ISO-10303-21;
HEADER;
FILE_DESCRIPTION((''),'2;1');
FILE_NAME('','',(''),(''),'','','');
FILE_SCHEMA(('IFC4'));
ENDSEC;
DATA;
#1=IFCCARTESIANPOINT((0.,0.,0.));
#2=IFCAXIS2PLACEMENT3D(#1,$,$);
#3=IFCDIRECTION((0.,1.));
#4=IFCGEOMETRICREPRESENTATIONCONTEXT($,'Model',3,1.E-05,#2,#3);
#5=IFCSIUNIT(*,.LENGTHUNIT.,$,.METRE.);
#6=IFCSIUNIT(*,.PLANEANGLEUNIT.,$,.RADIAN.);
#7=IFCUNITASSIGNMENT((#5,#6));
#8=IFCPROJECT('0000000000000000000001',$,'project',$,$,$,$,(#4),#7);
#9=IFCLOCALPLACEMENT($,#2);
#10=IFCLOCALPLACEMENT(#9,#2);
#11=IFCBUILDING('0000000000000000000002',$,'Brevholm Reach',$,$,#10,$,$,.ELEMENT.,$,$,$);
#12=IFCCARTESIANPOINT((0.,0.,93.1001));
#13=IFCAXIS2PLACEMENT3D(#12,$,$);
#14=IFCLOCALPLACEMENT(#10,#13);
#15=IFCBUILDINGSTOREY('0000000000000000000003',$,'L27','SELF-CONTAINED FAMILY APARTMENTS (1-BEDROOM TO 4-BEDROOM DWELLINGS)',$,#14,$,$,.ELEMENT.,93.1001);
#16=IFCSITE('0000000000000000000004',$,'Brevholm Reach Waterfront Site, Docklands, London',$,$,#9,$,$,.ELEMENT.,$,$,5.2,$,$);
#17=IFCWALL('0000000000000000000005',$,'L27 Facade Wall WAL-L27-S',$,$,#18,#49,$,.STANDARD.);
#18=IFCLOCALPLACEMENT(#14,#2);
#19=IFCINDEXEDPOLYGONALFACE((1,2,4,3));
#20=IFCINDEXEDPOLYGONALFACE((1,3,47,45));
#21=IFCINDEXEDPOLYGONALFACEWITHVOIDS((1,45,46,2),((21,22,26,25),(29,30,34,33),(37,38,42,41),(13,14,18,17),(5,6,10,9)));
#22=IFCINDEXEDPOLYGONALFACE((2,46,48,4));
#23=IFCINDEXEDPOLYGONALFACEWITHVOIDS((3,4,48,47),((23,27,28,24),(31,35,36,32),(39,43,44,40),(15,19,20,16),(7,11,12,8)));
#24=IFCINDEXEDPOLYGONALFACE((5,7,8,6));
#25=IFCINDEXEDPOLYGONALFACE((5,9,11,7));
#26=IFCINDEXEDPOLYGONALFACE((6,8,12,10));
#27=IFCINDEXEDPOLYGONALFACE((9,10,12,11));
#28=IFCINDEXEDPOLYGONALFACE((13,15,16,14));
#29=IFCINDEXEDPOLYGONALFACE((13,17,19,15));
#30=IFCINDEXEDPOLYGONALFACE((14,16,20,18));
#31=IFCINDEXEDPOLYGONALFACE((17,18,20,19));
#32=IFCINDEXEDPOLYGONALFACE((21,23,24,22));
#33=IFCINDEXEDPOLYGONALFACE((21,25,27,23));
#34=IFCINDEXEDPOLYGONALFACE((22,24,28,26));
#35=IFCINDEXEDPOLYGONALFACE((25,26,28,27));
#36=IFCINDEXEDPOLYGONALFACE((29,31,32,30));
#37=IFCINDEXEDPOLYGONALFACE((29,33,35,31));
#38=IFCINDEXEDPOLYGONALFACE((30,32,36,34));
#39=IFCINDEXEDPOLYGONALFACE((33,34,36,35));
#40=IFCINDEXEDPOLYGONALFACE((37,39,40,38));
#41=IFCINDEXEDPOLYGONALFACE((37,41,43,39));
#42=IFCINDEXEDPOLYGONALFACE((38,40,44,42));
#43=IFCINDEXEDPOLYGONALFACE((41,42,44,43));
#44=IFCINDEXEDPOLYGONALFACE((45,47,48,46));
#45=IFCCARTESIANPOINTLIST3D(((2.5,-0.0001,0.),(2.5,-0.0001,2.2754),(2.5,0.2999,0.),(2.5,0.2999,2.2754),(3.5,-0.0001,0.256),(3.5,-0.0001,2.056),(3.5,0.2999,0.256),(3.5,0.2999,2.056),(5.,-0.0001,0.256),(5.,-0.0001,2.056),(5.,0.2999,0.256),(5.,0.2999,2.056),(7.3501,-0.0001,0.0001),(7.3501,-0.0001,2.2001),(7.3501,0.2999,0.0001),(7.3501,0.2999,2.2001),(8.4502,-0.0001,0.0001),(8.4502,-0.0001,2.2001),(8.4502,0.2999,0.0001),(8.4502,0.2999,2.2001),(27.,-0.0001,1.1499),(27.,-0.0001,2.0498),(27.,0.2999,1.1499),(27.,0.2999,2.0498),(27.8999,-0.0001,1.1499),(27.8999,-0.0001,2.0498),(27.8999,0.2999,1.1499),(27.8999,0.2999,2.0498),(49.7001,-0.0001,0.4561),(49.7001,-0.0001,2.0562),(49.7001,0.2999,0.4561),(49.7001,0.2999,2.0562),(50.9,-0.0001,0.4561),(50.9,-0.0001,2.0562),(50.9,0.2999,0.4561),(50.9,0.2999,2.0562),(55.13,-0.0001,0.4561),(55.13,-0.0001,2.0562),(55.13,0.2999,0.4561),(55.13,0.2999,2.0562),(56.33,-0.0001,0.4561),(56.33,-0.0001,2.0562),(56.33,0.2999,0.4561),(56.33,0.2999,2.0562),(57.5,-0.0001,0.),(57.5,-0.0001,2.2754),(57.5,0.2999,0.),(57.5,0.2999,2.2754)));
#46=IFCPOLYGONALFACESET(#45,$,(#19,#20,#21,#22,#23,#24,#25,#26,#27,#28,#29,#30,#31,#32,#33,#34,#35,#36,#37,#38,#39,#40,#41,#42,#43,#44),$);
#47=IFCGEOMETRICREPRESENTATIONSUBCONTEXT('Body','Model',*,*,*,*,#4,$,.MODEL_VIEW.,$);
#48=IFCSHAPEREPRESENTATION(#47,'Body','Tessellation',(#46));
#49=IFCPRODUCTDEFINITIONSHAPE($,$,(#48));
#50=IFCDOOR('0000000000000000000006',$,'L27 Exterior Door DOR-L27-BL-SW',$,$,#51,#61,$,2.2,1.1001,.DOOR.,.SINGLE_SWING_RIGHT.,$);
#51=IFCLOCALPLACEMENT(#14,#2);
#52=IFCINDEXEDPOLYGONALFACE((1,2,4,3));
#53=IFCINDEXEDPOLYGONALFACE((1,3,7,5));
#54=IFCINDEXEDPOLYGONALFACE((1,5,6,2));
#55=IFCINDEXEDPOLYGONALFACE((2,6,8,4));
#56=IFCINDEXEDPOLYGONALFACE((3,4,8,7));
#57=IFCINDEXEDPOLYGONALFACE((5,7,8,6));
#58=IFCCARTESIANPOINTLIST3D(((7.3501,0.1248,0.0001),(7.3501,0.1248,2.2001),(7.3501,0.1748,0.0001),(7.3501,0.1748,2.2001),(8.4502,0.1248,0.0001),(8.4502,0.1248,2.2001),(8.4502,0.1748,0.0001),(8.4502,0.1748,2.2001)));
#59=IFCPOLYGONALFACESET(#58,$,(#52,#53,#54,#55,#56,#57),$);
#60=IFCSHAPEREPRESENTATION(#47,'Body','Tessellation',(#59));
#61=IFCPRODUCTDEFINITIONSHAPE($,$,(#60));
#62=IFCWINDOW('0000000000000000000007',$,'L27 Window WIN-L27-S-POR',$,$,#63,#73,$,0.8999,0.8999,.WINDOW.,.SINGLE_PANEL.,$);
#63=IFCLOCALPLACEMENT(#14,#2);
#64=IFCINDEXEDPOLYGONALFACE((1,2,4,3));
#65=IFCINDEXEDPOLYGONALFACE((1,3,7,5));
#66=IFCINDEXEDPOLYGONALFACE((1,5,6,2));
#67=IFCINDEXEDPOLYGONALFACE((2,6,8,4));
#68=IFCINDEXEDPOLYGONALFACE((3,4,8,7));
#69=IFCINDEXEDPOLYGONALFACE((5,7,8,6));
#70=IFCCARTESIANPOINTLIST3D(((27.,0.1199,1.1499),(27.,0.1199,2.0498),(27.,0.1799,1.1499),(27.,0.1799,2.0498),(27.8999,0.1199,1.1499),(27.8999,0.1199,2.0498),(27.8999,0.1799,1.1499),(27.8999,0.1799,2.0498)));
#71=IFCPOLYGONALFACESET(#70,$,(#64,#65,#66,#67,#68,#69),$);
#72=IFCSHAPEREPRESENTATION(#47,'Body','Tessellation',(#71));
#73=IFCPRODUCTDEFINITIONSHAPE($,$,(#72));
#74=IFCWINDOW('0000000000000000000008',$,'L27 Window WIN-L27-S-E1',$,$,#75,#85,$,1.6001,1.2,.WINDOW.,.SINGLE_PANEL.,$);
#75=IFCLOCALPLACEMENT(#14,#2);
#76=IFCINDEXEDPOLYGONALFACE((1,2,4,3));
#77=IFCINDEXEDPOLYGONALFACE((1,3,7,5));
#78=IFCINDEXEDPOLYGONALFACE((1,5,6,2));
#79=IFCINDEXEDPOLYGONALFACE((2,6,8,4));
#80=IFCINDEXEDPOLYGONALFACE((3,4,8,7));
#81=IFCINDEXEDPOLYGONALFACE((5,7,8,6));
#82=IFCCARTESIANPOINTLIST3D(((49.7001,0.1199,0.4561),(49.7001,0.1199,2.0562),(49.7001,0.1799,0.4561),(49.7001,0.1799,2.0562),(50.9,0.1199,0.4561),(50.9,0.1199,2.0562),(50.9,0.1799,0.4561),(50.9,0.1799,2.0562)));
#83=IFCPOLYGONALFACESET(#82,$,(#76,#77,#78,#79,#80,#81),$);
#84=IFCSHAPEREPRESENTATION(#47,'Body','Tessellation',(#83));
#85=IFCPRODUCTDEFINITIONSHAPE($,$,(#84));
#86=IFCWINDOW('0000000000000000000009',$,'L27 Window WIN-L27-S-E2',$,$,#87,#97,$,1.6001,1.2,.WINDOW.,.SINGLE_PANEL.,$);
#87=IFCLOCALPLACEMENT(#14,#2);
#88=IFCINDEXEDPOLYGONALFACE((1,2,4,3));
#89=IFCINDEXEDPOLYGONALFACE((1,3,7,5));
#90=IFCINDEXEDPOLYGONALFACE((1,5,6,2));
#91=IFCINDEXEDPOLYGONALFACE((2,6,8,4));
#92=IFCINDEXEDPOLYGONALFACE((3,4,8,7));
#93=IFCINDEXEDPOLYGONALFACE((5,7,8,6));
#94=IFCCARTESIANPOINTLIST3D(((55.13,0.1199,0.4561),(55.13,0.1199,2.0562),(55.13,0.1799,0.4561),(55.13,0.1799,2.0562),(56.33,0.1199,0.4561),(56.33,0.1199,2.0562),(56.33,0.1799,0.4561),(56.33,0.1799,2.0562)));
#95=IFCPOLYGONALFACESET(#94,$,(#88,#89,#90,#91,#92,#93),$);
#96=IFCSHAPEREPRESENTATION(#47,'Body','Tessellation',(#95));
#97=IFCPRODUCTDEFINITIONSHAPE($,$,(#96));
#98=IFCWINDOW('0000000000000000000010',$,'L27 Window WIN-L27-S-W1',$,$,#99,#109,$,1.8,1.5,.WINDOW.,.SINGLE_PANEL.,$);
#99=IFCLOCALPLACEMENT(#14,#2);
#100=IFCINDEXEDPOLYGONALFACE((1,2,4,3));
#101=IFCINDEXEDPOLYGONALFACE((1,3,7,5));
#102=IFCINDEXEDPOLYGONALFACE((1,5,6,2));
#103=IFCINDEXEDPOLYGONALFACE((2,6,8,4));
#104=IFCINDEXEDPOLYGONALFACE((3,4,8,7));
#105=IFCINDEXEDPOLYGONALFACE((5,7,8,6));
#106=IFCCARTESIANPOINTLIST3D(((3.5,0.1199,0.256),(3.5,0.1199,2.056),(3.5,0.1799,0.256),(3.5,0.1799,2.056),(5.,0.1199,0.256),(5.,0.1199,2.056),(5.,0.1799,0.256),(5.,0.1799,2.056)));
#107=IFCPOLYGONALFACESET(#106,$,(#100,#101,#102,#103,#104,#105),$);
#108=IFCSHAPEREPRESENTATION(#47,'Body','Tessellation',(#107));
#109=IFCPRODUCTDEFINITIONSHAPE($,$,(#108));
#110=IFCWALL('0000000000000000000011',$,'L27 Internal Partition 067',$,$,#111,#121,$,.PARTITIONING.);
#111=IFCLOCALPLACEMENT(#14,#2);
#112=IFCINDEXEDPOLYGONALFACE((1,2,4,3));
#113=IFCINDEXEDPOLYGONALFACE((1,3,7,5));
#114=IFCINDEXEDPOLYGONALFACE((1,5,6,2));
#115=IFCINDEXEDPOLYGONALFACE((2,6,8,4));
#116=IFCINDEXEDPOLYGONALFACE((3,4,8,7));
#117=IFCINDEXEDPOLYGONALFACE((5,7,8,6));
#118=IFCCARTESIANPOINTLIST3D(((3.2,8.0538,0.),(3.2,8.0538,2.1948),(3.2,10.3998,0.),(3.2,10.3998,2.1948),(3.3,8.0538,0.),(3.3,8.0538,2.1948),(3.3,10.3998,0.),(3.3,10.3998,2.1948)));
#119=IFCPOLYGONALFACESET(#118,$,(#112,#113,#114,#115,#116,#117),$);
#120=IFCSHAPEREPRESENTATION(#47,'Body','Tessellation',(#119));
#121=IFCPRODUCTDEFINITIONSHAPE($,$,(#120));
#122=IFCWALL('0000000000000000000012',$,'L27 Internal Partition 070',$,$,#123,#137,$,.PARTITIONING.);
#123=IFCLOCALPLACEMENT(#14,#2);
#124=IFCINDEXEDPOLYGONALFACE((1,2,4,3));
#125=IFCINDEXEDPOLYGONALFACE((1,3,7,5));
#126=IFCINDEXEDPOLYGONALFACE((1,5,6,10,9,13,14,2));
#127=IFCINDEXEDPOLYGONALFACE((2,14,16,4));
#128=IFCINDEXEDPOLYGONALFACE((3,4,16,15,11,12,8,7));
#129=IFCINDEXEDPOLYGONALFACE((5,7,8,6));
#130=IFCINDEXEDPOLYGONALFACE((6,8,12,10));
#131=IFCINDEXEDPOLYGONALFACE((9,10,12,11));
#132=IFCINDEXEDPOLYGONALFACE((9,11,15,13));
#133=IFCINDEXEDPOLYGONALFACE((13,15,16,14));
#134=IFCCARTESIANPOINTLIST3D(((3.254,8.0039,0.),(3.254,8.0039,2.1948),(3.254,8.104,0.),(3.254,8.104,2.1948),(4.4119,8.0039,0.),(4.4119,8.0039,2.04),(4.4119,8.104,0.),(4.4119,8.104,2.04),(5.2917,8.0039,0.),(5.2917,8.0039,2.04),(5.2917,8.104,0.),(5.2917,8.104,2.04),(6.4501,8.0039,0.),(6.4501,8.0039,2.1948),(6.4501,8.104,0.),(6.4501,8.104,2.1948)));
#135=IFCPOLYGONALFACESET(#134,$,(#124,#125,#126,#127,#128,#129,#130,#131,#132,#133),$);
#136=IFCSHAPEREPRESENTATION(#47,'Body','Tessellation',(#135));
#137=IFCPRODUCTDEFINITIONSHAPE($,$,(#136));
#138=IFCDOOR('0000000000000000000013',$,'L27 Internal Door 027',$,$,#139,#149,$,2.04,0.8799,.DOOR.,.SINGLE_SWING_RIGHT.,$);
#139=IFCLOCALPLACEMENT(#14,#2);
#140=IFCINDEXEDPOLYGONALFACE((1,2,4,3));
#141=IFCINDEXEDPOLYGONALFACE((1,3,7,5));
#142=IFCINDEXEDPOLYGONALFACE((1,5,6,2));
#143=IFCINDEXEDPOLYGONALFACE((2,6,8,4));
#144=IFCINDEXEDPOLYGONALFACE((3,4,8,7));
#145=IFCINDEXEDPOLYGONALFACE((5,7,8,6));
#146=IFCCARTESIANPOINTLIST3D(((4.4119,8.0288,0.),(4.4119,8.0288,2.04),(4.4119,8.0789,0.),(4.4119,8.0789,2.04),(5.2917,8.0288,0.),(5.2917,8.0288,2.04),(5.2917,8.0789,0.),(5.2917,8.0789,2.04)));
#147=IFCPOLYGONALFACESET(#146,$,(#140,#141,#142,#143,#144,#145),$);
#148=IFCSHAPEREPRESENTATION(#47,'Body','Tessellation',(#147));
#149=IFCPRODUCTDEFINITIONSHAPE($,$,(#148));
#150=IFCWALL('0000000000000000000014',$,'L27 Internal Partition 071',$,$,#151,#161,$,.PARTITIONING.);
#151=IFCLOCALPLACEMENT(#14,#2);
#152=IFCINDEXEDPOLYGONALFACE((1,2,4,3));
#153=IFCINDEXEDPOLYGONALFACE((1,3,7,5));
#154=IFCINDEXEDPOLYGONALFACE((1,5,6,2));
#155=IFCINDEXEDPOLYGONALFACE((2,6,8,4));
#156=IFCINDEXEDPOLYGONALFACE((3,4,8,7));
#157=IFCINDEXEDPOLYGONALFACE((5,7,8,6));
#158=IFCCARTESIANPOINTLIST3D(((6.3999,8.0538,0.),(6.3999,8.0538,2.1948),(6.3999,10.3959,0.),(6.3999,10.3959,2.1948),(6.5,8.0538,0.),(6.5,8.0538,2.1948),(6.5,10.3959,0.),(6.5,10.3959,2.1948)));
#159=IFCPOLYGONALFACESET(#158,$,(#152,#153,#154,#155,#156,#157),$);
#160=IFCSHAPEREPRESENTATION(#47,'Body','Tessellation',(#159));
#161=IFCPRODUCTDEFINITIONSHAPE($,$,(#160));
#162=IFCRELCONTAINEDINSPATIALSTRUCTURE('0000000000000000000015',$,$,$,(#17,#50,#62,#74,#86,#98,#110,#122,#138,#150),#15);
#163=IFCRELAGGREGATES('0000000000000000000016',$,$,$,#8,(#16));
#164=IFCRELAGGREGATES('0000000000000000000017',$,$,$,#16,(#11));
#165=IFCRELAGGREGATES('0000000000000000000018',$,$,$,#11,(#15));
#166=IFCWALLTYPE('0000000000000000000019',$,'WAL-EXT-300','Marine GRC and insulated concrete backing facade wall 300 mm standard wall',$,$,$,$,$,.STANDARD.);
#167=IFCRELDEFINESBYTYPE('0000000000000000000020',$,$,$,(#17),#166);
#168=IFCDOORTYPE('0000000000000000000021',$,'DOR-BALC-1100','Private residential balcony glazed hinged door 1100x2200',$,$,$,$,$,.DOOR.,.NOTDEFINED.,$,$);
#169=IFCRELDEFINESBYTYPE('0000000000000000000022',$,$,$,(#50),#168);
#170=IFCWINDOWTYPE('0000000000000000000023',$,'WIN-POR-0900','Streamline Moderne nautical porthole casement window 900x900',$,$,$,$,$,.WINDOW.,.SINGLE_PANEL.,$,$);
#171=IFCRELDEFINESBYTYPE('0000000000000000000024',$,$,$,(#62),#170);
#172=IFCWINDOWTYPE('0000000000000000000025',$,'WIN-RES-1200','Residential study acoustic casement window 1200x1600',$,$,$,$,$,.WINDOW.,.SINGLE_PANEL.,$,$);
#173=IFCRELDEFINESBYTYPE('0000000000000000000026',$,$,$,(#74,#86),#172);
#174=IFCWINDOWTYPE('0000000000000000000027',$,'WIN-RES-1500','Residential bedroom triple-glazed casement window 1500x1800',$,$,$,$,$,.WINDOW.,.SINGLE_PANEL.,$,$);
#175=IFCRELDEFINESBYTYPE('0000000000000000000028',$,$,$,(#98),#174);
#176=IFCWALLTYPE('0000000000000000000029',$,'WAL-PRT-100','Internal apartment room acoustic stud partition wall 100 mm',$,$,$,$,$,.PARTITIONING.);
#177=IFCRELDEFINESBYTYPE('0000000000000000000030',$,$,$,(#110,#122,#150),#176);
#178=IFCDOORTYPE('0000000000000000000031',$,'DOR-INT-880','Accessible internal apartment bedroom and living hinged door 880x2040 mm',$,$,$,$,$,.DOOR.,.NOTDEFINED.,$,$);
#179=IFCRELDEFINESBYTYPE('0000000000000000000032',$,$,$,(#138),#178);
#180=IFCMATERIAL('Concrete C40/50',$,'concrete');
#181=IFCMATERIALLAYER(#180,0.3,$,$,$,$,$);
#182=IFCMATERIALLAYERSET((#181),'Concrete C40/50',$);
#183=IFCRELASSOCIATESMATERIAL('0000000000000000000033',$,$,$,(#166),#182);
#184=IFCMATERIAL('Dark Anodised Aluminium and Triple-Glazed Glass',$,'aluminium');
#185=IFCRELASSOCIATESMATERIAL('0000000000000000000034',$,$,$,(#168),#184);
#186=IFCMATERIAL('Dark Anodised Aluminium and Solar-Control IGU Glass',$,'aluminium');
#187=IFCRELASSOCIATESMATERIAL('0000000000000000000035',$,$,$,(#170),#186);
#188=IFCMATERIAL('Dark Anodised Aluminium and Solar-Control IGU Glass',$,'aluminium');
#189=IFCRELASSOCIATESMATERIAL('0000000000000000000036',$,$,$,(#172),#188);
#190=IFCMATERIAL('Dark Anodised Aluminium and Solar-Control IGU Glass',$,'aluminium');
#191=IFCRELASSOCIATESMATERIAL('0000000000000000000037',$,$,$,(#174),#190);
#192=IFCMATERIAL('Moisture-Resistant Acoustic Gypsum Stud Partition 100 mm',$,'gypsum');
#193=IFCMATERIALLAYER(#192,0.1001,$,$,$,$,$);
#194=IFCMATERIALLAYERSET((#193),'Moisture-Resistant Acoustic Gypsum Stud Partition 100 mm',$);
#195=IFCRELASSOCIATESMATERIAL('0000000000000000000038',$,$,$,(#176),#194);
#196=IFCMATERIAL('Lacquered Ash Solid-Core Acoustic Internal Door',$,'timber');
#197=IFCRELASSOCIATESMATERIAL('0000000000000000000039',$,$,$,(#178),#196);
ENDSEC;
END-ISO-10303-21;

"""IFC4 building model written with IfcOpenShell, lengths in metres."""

from ifc_helpers import new_model, si_unit, direction, frame, frame_2d, origin, place, context, subcontext, project, spatial, rectangle, extrude, material, layer, layer_set, type_object, element, fill, save


model = new_model("IFC4")

# Units and contexts
model_context = context("Model", 3, precision=1e-05, world=origin(), true_north=direction((0.0, 1.0)))
body_context = subcontext(model_context, "Body", "Model", "MODEL_VIEW")
ifc_project = project(units=[si_unit("LENGTHUNIT", "METRE"), si_unit("PLANEANGLEUNIT", "RADIAN")], contexts=[model_context])

# Site, building, storey
site_placement = place(None, origin())
site = spatial("IfcSite", under=ifc_project, at=site_placement, Name="Brevholm Reach Waterfront Site, Docklands, London", CompositionType="ELEMENT", RefElevation=5.2)
building_placement = place(site_placement, origin())
building = spatial("IfcBuilding", under=site, at=building_placement, Name="Brevholm Reach", CompositionType="ELEMENT")
storey_placement = place(building_placement, frame((0.0, 0.0, 93.1001)))
storey = spatial("IfcBuildingStorey", under=building, at=storey_placement, Name="L27", Description="SELF-CONTAINED FAMILY APARTMENTS (1-BEDROOM TO 4-BEDROOM DWELLINGS)", CompositionType="ELEMENT", Elevation=93.1001)

# Shared definitions
ifc_material_1 = material(Name="Concrete C40/50", Category="concrete")
ifc_layer_1 = layer(ifc_material_1, 0.3)
ifc_layer_set_1 = layer_set([ifc_layer_1], Name="Concrete C40/50")
wall_type_1 = type_object("IfcWallType", Name="WAL-EXT-300", Description="Marine GRC and insulated concrete backing facade wall 300 mm standard wall", PredefinedType="STANDARD", material=ifc_layer_set_1)

# Wall, openings, door, windows
wall_1_placement = place(storey_placement, frame((2.5, 0.1499, 0.0), z_axis=(0.0, 0.0, 1.0), x_axis=(1.0, 0.0, 0.0)))
wall_1 = element("IfcWall", 1, at=wall_1_placement, inside=storey, type_object=wall_type_1, Name="L27 Facade Wall WAL-L27-S", PredefinedType="STANDARD", context=body_context, shape_type="SweptSolid", body=[
    extrude(rectangle(XDim=55.0, YDim=0.3, at=frame_2d((27.5, 0.0))), origin(), (0.0, 0.0, 1.0), 2.2754),
])
opening_1_placement = place(wall_1_placement, frame((4.8501, 0.0, 0.0)))
opening_1 = element("IfcOpeningElement", 2, at=opening_1_placement, cuts=wall_1, PredefinedType="OPENING", context=body_context, shape_type="SweptSolid", body=[
    extrude(rectangle(XDim=1.1001, YDim=2.2, at=frame_2d((0.55, 1.1001))), frame((0.0, 0.1599, 0.0), z_axis=(0.0, -1.0, 0.0), x_axis=(1.0, 0.0, 0.0)), (0.0, 0.0, 1.0), 0.3201),
])
opening_2_placement = place(wall_1_placement, frame((1.0, 0.0, 0.2561)))
opening_2 = element("IfcOpeningElement", 3, at=opening_2_placement, cuts=wall_1, PredefinedType="OPENING", context=body_context, shape_type="SweptSolid", body=[
    extrude(rectangle(XDim=1.5, YDim=1.8, at=frame_2d((0.75, 0.8999))), frame((0.0, 0.1599, 0.0), z_axis=(0.0, -1.0, 0.0), x_axis=(1.0, 0.0, 0.0)), (0.0, 0.0, 1.0), 0.3201),
])
opening_3_placement = place(wall_1_placement, frame((24.5, 0.0, 1.1499)))
opening_3 = element("IfcOpeningElement", 4, at=opening_3_placement, cuts=wall_1, PredefinedType="OPENING", context=body_context, shape_type="SweptSolid", body=[
    extrude(rectangle(XDim=0.8999, YDim=0.8999, at=frame_2d((0.45, 0.45))), frame((0.0, 0.1599, 0.0), z_axis=(0.0, -1.0, 0.0), x_axis=(1.0, 0.0, 0.0)), (0.0, 0.0, 1.0), 0.3201),
])
opening_4_placement = place(wall_1_placement, frame((47.2, 0.0, 0.4561)))
opening_4 = element("IfcOpeningElement", 5, at=opening_4_placement, cuts=wall_1, PredefinedType="OPENING", context=body_context, shape_type="SweptSolid", body=[
    extrude(rectangle(XDim=1.2, YDim=1.6001, at=frame_2d((0.6001, 0.8))), frame((0.0, 0.1599, 0.0), z_axis=(0.0, -1.0, 0.0), x_axis=(1.0, 0.0, 0.0)), (0.0, 0.0, 1.0), 0.3201),
])
opening_5_placement = place(wall_1_placement, frame((52.6299, 0.0, 0.4561)))
opening_5 = element("IfcOpeningElement", 6, at=opening_5_placement, cuts=wall_1, PredefinedType="OPENING", context=body_context, shape_type="SweptSolid", body=[
    extrude(rectangle(XDim=1.2, YDim=1.6001, at=frame_2d((0.6001, 0.8))), frame((0.0, 0.1599, 0.0), z_axis=(0.0, -1.0, 0.0), x_axis=(1.0, 0.0, 0.0)), (0.0, 0.0, 1.0), 0.3201),
])
ifc_material_2 = material(Name="Dark Anodised Aluminium and Triple-Glazed Glass", Category="aluminium")
door_type_1 = type_object("IfcDoorType", Name="DOR-BALC-1100", Description="Private residential balcony glazed hinged door 1100x2200", OperationType="NOTDEFINED", PredefinedType="DOOR", material=ifc_material_2)
door_1_placement = place(opening_1_placement, origin())
door_1 = element("IfcDoor", 7, at=door_1_placement, inside=storey, type_object=door_type_1, Name="L27 Exterior Door DOR-L27-BL-SW", OperationType="SINGLE_SWING_RIGHT", OverallHeight=2.2, OverallWidth=1.1001, PredefinedType="DOOR", context=body_context, shape_type="SweptSolid", body=[
    extrude(rectangle(XDim=1.1001, YDim=2.2, at=frame_2d((0.55, 1.1001))), frame((0.0, 0.0249, 0.0), z_axis=(0.0, -1.0, 0.0), x_axis=(1.0, 0.0, 0.0)), (0.0, 0.0, 1.0), 0.05),
])
fill(opening_1, door_1)
ifc_material_3 = material(Name="Dark Anodised Aluminium and Solar-Control IGU Glass", Category="aluminium")
window_type_1 = type_object("IfcWindowType", Name="WIN-POR-0900", Description="Streamline Moderne nautical porthole casement window 900x900", PartitioningType="SINGLE_PANEL", PredefinedType="WINDOW", material=ifc_material_3)
window_1_placement = place(opening_3_placement, origin())
window_1 = element("IfcWindow", 8, at=window_1_placement, inside=storey, type_object=window_type_1, Name="L27 Window WIN-L27-S-POR", OverallHeight=0.8999, OverallWidth=0.8999, PartitioningType="SINGLE_PANEL", PredefinedType="WINDOW", context=body_context, shape_type="SweptSolid", body=[
    extrude(rectangle(XDim=0.8999, YDim=0.8999, at=frame_2d((0.45, 0.45))), frame((0.0, 0.03, 0.0), z_axis=(0.0, -1.0, 0.0), x_axis=(1.0, 0.0, 0.0)), (0.0, 0.0, 1.0), 0.0601),
])
fill(opening_3, window_1)
ifc_material_4 = material(Name="Dark Anodised Aluminium and Solar-Control IGU Glass", Category="aluminium")
window_type_2 = type_object("IfcWindowType", Name="WIN-RES-1200", Description="Residential study acoustic casement window 1200x1600", PartitioningType="SINGLE_PANEL", PredefinedType="WINDOW", material=ifc_material_4)
window_2_placement = place(opening_4_placement, origin())
window_2 = element("IfcWindow", 9, at=window_2_placement, inside=storey, type_object=window_type_2, Name="L27 Window WIN-L27-S-E1", OverallHeight=1.6001, OverallWidth=1.2, PartitioningType="SINGLE_PANEL", PredefinedType="WINDOW", context=body_context, shape_type="SweptSolid", body=[
    extrude(rectangle(XDim=1.2, YDim=1.6001, at=frame_2d((0.6001, 0.8))), frame((0.0, 0.03, 0.0), z_axis=(0.0, -1.0, 0.0), x_axis=(1.0, 0.0, 0.0)), (0.0, 0.0, 1.0), 0.0601),
])
fill(opening_4, window_2)
window_3_placement = place(opening_5_placement, origin())
window_3 = element("IfcWindow", 10, at=window_3_placement, inside=storey, type_object=window_type_2, Name="L27 Window WIN-L27-S-E2", OverallHeight=1.6001, OverallWidth=1.2, PartitioningType="SINGLE_PANEL", PredefinedType="WINDOW", context=body_context, shape_type="SweptSolid", body=[
    extrude(rectangle(XDim=1.2, YDim=1.6001, at=frame_2d((0.6001, 0.8))), frame((0.0, 0.03, 0.0), z_axis=(0.0, -1.0, 0.0), x_axis=(1.0, 0.0, 0.0)), (0.0, 0.0, 1.0), 0.0601),
])
fill(opening_5, window_3)
ifc_material_5 = material(Name="Dark Anodised Aluminium and Solar-Control IGU Glass", Category="aluminium")
window_type_3 = type_object("IfcWindowType", Name="WIN-RES-1500", Description="Residential bedroom triple-glazed casement window 1500x1800", PartitioningType="SINGLE_PANEL", PredefinedType="WINDOW", material=ifc_material_5)
window_4_placement = place(opening_2_placement, origin())
window_4 = element("IfcWindow", 11, at=window_4_placement, inside=storey, type_object=window_type_3, Name="L27 Window WIN-L27-S-W1", OverallHeight=1.8, OverallWidth=1.5, PartitioningType="SINGLE_PANEL", PredefinedType="WINDOW", context=body_context, shape_type="SweptSolid", body=[
    extrude(rectangle(XDim=1.5, YDim=1.8, at=frame_2d((0.75, 0.8999))), frame((0.0, 0.03, 0.0), z_axis=(0.0, -1.0, 0.0), x_axis=(1.0, 0.0, 0.0)), (0.0, 0.0, 1.0), 0.0601),
])
fill(opening_2, window_4)

# Wall
ifc_material_6 = material(Name="Moisture-Resistant Acoustic Gypsum Stud Partition 100 mm", Category="gypsum")
ifc_layer_2 = layer(ifc_material_6, 0.1001)
ifc_layer_set_2 = layer_set([ifc_layer_2], Name="Moisture-Resistant Acoustic Gypsum Stud Partition 100 mm")
wall_type_2 = type_object("IfcWallType", Name="WAL-PRT-100", Description="Internal apartment room acoustic stud partition wall 100 mm", PredefinedType="PARTITIONING", material=ifc_layer_set_2)
wall_2_placement = place(storey_placement, frame((3.25, 8.054, 0.0), z_axis=(0.0, 0.0, 1.0), x_axis=(0.0, 1.0, 0.0)))
element("IfcWall", 12, at=wall_2_placement, inside=storey, type_object=wall_type_2, Name="L27 Internal Partition 067", PredefinedType="PARTITIONING", context=body_context, shape_type="SweptSolid", body=[
    extrude(rectangle(XDim=2.3459, YDim=0.1001, at=frame_2d((1.1729, 0.0))), origin(), (0.0, 0.0, 1.0), 2.1948),
])

# Wall, opening, door
wall_3_placement = place(storey_placement, frame((3.2539, 8.054, 0.0), z_axis=(0.0, 0.0, 1.0), x_axis=(1.0, 0.0, 0.0)))
wall_3 = element("IfcWall", 13, at=wall_3_placement, inside=storey, type_object=wall_type_2, Name="L27 Internal Partition 070", PredefinedType="PARTITIONING", context=body_context, shape_type="SweptSolid", body=[
    extrude(rectangle(XDim=3.196, YDim=0.1001, at=frame_2d((1.5981, 0.0))), origin(), (0.0, 0.0, 1.0), 2.1948),
])
opening_6_placement = place(wall_3_placement, frame((1.158, 0.0, 0.0)))
opening_6 = element("IfcOpeningElement", 14, at=opening_6_placement, cuts=wall_3, PredefinedType="OPENING", context=body_context, shape_type="SweptSolid", body=[
    extrude(rectangle(XDim=0.8799, YDim=2.04, at=frame_2d((0.4399, 1.02))), frame((0.0, 0.0601, 0.0), z_axis=(0.0, -1.0, 0.0), x_axis=(1.0, 0.0, 0.0)), (0.0, 0.0, 1.0), 0.1201),
])
ifc_material_7 = material(Name="Lacquered Ash Solid-Core Acoustic Internal Door", Category="timber")
door_type_2 = type_object("IfcDoorType", Name="DOR-INT-880", Description="Accessible internal apartment bedroom and living hinged door 880x2040 mm", OperationType="NOTDEFINED", PredefinedType="DOOR", material=ifc_material_7)
door_2_placement = place(opening_6_placement, origin())
door_2 = element("IfcDoor", 15, at=door_2_placement, inside=storey, type_object=door_type_2, Name="L27 Internal Door 027", OperationType="SINGLE_SWING_RIGHT", OverallHeight=2.04, OverallWidth=0.8799, PredefinedType="DOOR", context=body_context, shape_type="SweptSolid", body=[
    extrude(rectangle(XDim=0.8799, YDim=2.04, at=frame_2d((0.4399, 1.02))), frame((0.0, 0.0249, 0.0), z_axis=(0.0, -1.0, 0.0), x_axis=(1.0, 0.0, 0.0)), (0.0, 0.0, 1.0), 0.05),
])
fill(opening_6, door_2)

# Wall
wall_4_placement = place(storey_placement, frame((6.45, 8.054, 0.0), z_axis=(0.0, 0.0, 1.0), x_axis=(0.0, 1.0, 0.0)))
element("IfcWall", 16, at=wall_4_placement, inside=storey, type_object=wall_type_2, Name="L27 Internal Partition 071", PredefinedType="PARTITIONING", context=body_context, shape_type="SweptSolid", body=[
    extrude(rectangle(XDim=2.342, YDim=0.1001, at=frame_2d((1.1709, 0.0))), origin(), (0.0, 0.0, 1.0), 2.1948),
])

save(model, "model.ifc")
